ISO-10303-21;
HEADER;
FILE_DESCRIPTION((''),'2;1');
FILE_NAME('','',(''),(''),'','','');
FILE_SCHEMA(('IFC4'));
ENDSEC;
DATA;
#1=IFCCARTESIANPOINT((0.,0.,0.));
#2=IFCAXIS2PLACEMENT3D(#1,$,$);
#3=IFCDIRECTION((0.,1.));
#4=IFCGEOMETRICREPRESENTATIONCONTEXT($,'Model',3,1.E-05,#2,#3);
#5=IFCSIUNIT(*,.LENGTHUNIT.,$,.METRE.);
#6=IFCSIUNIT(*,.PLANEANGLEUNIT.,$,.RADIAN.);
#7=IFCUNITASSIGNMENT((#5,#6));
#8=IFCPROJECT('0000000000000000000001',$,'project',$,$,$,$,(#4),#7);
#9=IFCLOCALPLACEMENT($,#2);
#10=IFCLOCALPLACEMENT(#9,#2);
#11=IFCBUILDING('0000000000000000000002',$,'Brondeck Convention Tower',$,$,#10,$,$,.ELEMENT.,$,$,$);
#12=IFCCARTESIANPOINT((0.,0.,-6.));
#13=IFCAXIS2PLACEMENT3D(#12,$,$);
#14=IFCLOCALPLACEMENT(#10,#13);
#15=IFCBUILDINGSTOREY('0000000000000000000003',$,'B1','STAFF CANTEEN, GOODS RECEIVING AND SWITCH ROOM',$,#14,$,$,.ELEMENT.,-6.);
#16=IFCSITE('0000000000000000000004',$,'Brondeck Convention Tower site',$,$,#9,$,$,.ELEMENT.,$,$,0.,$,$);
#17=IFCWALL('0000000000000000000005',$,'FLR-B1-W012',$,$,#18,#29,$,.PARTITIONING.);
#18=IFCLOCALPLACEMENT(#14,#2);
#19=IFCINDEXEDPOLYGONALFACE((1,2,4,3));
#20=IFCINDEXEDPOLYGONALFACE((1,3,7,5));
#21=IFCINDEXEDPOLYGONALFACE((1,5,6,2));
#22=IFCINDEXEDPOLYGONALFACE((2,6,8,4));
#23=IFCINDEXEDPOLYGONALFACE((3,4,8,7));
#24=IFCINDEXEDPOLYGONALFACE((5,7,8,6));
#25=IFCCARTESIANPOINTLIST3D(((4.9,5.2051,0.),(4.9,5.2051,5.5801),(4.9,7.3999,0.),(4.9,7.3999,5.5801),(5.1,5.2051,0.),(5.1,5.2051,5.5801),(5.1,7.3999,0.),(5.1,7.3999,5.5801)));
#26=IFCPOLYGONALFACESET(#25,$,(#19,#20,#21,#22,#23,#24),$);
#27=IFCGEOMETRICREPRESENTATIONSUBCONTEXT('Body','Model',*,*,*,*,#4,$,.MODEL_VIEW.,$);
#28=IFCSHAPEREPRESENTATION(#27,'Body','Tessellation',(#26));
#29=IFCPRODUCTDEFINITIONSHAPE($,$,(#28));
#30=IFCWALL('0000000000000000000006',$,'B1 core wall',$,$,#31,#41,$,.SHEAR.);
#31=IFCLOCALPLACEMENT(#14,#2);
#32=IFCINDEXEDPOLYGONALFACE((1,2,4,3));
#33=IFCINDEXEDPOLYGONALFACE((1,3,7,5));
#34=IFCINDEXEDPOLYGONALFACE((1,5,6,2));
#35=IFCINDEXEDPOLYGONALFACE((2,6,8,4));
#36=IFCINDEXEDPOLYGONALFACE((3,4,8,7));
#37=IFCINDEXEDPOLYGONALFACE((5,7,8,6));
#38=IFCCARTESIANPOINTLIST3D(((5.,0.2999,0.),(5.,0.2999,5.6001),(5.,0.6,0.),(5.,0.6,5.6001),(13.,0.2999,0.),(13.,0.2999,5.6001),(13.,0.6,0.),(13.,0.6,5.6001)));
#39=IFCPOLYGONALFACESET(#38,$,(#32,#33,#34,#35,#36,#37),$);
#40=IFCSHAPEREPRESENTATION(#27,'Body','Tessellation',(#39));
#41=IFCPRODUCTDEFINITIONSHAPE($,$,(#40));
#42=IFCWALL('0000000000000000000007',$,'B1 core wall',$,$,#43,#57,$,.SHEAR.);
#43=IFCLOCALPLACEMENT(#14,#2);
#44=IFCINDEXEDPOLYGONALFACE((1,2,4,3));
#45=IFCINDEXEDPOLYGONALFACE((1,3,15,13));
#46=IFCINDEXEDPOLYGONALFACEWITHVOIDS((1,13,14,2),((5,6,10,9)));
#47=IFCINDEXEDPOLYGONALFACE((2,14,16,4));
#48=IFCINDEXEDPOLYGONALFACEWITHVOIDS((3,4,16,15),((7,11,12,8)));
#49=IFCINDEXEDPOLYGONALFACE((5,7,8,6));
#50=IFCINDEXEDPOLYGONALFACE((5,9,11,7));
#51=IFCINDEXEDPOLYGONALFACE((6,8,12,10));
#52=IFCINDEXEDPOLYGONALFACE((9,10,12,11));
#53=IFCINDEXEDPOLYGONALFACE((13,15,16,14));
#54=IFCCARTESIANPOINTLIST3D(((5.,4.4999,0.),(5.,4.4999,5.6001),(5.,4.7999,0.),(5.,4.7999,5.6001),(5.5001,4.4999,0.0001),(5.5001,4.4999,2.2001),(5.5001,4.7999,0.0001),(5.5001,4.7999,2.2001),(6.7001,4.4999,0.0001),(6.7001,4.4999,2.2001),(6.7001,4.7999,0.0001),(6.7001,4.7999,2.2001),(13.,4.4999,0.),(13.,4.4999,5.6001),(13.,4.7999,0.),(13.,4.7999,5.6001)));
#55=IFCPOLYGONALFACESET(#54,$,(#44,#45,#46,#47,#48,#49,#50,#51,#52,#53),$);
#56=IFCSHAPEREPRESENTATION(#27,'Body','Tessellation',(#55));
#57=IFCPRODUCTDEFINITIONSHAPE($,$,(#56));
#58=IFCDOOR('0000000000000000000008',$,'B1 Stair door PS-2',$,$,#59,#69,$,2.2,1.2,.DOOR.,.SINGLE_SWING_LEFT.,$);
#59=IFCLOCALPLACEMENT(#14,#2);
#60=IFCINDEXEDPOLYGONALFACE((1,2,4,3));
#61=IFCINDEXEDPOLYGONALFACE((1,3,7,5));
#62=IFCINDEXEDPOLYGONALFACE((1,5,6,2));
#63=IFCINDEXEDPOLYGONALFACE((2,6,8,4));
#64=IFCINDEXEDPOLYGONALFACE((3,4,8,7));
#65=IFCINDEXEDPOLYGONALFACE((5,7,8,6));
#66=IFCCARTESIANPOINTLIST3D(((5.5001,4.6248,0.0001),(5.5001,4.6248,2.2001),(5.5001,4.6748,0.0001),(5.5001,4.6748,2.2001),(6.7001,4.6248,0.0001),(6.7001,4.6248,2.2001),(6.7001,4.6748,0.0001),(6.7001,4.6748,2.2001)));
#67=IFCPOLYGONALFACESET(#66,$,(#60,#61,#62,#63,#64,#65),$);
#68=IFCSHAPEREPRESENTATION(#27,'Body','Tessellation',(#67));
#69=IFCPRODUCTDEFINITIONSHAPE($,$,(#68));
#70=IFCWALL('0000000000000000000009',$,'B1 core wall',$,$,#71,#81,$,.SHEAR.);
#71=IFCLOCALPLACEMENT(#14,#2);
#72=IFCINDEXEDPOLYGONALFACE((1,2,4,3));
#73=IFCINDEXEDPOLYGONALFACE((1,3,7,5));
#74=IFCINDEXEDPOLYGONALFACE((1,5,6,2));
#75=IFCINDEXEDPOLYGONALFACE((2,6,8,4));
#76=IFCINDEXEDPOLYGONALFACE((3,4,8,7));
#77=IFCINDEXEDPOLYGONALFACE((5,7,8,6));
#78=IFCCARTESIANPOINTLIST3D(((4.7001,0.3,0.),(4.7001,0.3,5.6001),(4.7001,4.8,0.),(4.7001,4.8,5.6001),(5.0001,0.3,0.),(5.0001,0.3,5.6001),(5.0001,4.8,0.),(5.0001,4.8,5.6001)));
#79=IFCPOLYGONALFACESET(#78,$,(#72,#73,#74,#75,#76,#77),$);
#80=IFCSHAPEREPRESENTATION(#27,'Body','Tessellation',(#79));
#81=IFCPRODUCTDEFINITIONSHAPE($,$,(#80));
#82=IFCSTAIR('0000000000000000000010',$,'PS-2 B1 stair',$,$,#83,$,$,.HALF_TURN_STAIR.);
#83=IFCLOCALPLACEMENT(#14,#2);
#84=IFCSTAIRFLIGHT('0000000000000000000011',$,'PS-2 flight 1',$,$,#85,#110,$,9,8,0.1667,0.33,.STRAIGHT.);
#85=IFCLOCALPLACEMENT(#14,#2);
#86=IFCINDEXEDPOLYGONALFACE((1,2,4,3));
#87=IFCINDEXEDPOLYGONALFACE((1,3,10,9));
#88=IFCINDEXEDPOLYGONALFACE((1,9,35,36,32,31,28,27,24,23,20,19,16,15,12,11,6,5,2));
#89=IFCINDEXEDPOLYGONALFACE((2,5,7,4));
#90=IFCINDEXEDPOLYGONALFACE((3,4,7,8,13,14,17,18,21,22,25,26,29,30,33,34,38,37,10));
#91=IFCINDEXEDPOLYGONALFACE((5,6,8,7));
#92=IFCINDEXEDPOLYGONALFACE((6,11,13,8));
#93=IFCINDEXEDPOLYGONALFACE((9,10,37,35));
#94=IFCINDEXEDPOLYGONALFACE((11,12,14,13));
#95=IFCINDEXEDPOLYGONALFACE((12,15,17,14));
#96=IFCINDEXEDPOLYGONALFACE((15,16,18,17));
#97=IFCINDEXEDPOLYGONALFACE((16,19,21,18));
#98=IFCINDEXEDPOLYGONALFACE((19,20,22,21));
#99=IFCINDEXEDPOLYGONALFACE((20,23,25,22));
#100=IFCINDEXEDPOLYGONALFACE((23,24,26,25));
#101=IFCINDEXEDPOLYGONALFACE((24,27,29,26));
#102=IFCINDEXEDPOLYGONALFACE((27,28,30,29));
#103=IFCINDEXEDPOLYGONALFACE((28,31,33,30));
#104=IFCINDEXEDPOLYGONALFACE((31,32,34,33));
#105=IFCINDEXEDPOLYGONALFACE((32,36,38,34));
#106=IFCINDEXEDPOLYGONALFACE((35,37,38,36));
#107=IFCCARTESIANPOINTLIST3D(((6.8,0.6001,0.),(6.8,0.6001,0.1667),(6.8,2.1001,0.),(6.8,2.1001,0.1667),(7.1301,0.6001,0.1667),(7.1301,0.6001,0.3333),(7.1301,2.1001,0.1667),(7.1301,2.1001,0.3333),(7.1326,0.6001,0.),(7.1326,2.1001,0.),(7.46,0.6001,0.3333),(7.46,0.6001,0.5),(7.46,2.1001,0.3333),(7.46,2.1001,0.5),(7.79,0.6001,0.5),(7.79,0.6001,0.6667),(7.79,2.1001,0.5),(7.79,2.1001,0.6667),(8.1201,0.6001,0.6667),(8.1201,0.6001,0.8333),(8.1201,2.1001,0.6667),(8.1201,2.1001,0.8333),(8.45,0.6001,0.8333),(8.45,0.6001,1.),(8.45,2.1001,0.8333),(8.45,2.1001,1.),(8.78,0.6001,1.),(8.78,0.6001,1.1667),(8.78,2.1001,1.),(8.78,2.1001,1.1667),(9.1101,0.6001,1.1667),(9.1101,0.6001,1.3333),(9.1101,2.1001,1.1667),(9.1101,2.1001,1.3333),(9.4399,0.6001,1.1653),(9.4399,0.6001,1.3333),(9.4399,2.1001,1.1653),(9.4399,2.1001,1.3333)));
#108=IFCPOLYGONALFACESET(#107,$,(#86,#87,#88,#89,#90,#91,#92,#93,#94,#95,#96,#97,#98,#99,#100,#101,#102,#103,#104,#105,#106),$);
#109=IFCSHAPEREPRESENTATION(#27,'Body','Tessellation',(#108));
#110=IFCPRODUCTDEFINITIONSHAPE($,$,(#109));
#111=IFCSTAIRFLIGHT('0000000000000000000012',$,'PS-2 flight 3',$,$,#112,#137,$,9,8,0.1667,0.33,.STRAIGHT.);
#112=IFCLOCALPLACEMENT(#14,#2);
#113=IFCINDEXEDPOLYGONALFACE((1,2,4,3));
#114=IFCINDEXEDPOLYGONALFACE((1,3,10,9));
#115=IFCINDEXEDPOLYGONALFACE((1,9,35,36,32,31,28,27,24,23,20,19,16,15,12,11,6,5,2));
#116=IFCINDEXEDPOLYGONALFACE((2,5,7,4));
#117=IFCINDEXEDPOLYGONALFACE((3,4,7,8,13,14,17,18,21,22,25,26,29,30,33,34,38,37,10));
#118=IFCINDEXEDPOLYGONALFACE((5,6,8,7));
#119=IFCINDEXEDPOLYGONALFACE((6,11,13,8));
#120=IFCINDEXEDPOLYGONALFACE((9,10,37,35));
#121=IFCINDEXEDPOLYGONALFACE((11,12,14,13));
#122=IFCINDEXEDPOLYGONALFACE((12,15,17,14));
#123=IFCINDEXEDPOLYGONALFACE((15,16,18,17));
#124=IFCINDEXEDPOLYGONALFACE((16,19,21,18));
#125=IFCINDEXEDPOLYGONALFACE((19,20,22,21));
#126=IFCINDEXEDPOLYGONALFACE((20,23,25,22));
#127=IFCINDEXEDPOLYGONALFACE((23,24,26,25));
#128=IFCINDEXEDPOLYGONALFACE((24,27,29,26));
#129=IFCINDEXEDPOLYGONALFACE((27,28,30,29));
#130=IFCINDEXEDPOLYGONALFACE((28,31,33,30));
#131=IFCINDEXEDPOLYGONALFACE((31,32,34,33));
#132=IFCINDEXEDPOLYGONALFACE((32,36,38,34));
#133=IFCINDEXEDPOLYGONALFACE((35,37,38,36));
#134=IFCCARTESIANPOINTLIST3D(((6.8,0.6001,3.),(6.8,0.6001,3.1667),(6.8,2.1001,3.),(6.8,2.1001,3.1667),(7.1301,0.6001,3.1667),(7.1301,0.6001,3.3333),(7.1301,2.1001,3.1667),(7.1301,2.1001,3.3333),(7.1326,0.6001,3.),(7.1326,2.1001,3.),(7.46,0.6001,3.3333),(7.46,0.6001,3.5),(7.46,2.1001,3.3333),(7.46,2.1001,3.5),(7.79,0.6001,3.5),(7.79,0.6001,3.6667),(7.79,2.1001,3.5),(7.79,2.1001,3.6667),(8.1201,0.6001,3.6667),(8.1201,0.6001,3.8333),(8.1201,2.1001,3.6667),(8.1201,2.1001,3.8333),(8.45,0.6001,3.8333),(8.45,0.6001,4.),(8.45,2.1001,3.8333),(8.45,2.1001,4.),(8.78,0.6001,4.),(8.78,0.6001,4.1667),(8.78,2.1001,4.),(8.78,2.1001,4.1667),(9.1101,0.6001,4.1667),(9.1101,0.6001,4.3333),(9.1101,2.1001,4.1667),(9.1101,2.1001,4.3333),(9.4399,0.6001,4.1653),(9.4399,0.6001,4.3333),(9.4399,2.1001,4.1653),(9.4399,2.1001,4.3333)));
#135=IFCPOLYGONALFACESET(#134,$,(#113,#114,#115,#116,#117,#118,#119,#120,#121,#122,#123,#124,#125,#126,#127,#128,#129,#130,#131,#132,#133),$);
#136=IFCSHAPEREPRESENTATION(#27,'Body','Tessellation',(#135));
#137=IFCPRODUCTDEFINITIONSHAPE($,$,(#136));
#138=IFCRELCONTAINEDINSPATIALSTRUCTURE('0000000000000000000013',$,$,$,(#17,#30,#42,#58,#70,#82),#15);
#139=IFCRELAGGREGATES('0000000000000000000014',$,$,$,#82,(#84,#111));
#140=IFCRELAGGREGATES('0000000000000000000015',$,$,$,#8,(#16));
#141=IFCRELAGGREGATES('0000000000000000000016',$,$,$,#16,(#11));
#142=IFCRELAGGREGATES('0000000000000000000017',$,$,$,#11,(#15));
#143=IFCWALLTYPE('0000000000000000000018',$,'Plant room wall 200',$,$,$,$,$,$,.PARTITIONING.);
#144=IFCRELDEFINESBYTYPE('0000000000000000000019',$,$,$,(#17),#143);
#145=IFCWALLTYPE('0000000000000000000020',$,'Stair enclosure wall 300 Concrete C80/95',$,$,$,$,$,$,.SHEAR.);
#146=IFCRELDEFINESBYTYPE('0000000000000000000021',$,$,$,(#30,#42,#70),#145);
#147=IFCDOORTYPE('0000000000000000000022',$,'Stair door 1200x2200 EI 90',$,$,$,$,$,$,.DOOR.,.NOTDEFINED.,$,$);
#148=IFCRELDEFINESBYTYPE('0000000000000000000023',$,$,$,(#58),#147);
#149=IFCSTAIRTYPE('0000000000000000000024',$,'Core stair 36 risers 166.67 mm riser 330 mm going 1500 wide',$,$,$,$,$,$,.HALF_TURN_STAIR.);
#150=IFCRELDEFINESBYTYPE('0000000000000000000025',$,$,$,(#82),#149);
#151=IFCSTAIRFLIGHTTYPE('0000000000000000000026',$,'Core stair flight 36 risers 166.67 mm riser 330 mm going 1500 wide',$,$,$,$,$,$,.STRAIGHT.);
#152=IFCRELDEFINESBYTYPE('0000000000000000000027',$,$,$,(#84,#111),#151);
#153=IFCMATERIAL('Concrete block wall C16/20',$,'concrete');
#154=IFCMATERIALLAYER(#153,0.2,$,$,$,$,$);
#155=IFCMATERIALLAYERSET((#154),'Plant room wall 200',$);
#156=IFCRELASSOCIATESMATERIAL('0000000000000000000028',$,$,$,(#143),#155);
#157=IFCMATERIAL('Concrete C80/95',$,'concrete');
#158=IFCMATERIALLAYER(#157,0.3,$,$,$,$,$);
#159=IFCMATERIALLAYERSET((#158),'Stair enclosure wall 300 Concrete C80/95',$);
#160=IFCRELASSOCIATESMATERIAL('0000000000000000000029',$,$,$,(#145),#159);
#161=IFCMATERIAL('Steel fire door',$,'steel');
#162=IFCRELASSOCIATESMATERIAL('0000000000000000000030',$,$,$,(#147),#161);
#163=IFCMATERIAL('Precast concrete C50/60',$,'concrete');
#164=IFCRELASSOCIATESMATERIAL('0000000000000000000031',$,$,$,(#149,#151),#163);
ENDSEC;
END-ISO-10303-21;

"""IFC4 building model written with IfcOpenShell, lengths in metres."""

from ifc_helpers import new_model, si_unit, direction, frame, frame_2d, origin, place, context, subcontext, project, spatial, polyline, rectangle, outline, extrude, material, layer, layer_set, type_object, element, fill, aggregate, save


model = new_model("IFC4")

# Units and contexts
model_context = context("Model", 3, precision=1e-05, world=origin(), true_north=direction((0.0, 1.0)))
body_context = subcontext(model_context, "Body", "Model", "MODEL_VIEW")
ifc_project = project(units=[si_unit("LENGTHUNIT", "METRE"), si_unit("PLANEANGLEUNIT", "RADIAN")], contexts=[model_context])

# Site, building, storey
site_placement = place(None, origin())
site = spatial("IfcSite", under=ifc_project, at=site_placement, Name="Brondeck Convention Tower site", CompositionType="ELEMENT", RefElevation=0.0)
building_placement = place(site_placement, origin())
building = spatial("IfcBuilding", under=site, at=building_placement, Name="Brondeck Convention Tower", CompositionType="ELEMENT")
storey_placement = place(building_placement, frame((0.0, 0.0, -6.0)))
storey = spatial("IfcBuildingStorey", under=building, at=storey_placement, Name="B1", Description="STAFF CANTEEN, GOODS RECEIVING AND SWITCH ROOM", CompositionType="ELEMENT", Elevation=-6.0)

# Shared definitions
ifc_material_1 = material(Name="Concrete C80/95", Category="concrete")

# Walls
ifc_material_2 = material(Name="Concrete block wall C16/20", Category="concrete")
ifc_layer_1 = layer(ifc_material_2, 0.2)
ifc_layer_set_1 = layer_set([ifc_layer_1], Name="Plant room wall 200")
wall_type_1 = type_object("IfcWallType", Name="Plant room wall 200", PredefinedType="PARTITIONING", material=ifc_layer_set_1)
wall_1_placement = place(storey_placement, frame((5.0, 5.2051, 0.0), z_axis=(0.0, 0.0, 1.0), x_axis=(0.0, 1.0, 0.0)))
element("IfcWall", 1, at=wall_1_placement, inside=storey, type_object=wall_type_1, Name="FLR-B1-W012", PredefinedType="PARTITIONING", context=body_context, shape_type="SweptSolid", body=[
    extrude(rectangle(XDim=2.1948, YDim=0.2, at=frame_2d((1.0974, 0.0))), origin(), (0.0, 0.0, 1.0), 5.5801),
])
ifc_layer_2 = layer(ifc_material_1, 0.3)
ifc_layer_set_2 = layer_set([ifc_layer_2], Name="Stair enclosure wall 300 Concrete C80/95")
wall_type_2 = type_object("IfcWallType", Name="Stair enclosure wall 300 Concrete C80/95", PredefinedType="SHEAR", material=ifc_layer_set_2)
wall_2_placement = place(storey_placement, frame((5.0, 0.45, 0.0), z_axis=(0.0, 0.0, 1.0), x_axis=(1.0, 0.0, 0.0)))
element("IfcWall", 2, at=wall_2_placement, inside=storey, type_object=wall_type_2, Name="B1 core wall", PredefinedType="SHEAR", context=body_context, shape_type="SweptSolid", body=[
    extrude(rectangle(XDim=8.0, YDim=0.3, at=frame_2d((4.0, 0.0))), origin(), (0.0, 0.0, 1.0), 5.6001),
])

# Wall, opening, door
wall_3_placement = place(storey_placement, frame((5.0, 4.6499, 0.0), z_axis=(0.0, 0.0, 1.0), x_axis=(1.0, 0.0, 0.0)))
wall_3 = element("IfcWall", 3, at=wall_3_placement, inside=storey, type_object=wall_type_2, Name="B1 core wall", PredefinedType="SHEAR", context=body_context, shape_type="SweptSolid", body=[
    extrude(rectangle(XDim=8.0, YDim=0.3, at=frame_2d((4.0, 0.0))), origin(), (0.0, 0.0, 1.0), 5.6001),
])
opening_placement = place(wall_3_placement, frame((0.5, 0.0, 0.0)))
opening = element("IfcOpeningElement", 4, at=opening_placement, cuts=wall_3, PredefinedType="OPENING", context=body_context, shape_type="SweptSolid", body=[
    extrude(rectangle(XDim=1.2, YDim=2.2, at=frame_2d((0.6001, 1.1001))), frame((0.0, 0.1599, 0.0), z_axis=(0.0, -1.0, 0.0), x_axis=(1.0, 0.0, 0.0)), (0.0, 0.0, 1.0), 0.3201),
])
ifc_material_3 = material(Name="Steel fire door", Category="steel")
door_type = type_object("IfcDoorType", Name="Stair door 1200x2200 EI 90", OperationType="NOTDEFINED", PredefinedType="DOOR", material=ifc_material_3)
door_placement = place(opening_placement, origin())
door = element("IfcDoor", 5, at=door_placement, inside=storey, type_object=door_type, Name="B1 Stair door PS-2", OperationType="SINGLE_SWING_LEFT", OverallHeight=2.2, OverallWidth=1.2, PredefinedType="DOOR", context=body_context, shape_type="SweptSolid", body=[
    extrude(rectangle(XDim=1.2, YDim=2.2, at=frame_2d((0.6001, 1.1001))), frame((0.0, 0.0249, 0.0), z_axis=(0.0, -1.0, 0.0), x_axis=(1.0, 0.0, 0.0)), (0.0, 0.0, 1.0), 0.05),
])
fill(opening, door)

# Wall
wall_4_placement = place(storey_placement, frame((4.8501, 0.3, 0.0), z_axis=(0.0, 0.0, 1.0), x_axis=(0.0, 1.0, 0.0)))
element("IfcWall", 6, at=wall_4_placement, inside=storey, type_object=wall_type_2, Name="B1 core wall", PredefinedType="SHEAR", context=body_context, shape_type="SweptSolid", body=[
    extrude(rectangle(XDim=4.5, YDim=0.3, at=frame_2d((2.25, 0.0))), origin(), (0.0, 0.0, 1.0), 5.6001),
])

# Stair, stair flights
ifc_material_4 = material(Name="Precast concrete C50/60", Category="concrete")
stair_type = type_object("IfcStairType", Name="Core stair 36 risers 166.67 mm riser 330 mm going 1500 wide", PredefinedType="HALF_TURN_STAIR", material=ifc_material_4)
stair_placement = place(storey_placement, origin())
stair = element("IfcStair", 7, at=stair_placement, inside=storey, type_object=stair_type, Name="PS-2 B1 stair", PredefinedType="HALF_TURN_STAIR")
stair_flight_type = type_object("IfcStairFlightType", Name="Core stair flight 36 risers 166.67 mm riser 330 mm going 1500 wide", PredefinedType="STRAIGHT", material=ifc_material_4)
stair_flight_1_placement = place(storey_placement, frame((6.8, 1.3501, 0.0), z_axis=(0.0, 0.0, 1.0), x_axis=(1.0, 0.0, 0.0)))
stair_flight_1 = element("IfcStairFlight", 8, at=stair_flight_1_placement, type_object=stair_flight_type, Name="PS-2 flight 1", NumberOfRisers=9, NumberOfTreads=8, PredefinedType="STRAIGHT", RiserHeight=0.1667, TreadLength=0.33, context=body_context, shape_type="SweptSolid", body=[
    extrude(outline(polyline([(0.0, 0.0), (0.0, 0.1667), (0.3301, 0.1667), (0.3301, 0.3333), (0.6599, 0.3333), (0.6599, 0.5), (0.99, 0.5), (0.99, 0.6667), (1.3201, 0.6667), (1.3201, 0.8333), (1.6499, 0.8333), (1.6499, 1.0), (1.98, 1.0), (1.98, 1.1667), (2.3101, 1.1667), (2.3101, 1.3333), (2.6399, 1.3333), (2.6399, 1.5), (2.6399, 1.1653), (0.3325, 0.0), (0.0, 0.0)])), frame((0.0, 0.75, 0.0), z_axis=(0.0, -1.0, 0.0), x_axis=(1.0, 0.0, 0.0)), (0.0, 0.0, 1.0), 1.5),
])
stair_flight_2_placement = place(storey_placement, frame((6.8, 1.3501, 3.0), z_axis=(0.0, 0.0, 1.0), x_axis=(1.0, 0.0, 0.0)))
stair_flight_2 = element("IfcStairFlight", 9, at=stair_flight_2_placement, type_object=stair_flight_type, Name="PS-2 flight 3", NumberOfRisers=9, NumberOfTreads=8, PredefinedType="STRAIGHT", RiserHeight=0.1667, TreadLength=0.33, context=body_context, shape_type="SweptSolid", body=[
    extrude(outline(polyline([(0.0, 0.0), (0.0, 0.1667), (0.3301, 0.1667), (0.3301, 0.3333), (0.6599, 0.3333), (0.6599, 0.5), (0.99, 0.5), (0.99, 0.6667), (1.3201, 0.6667), (1.3201, 0.8333), (1.6499, 0.8333), (1.6499, 1.0), (1.98, 1.0), (1.98, 1.1667), (2.3101, 1.1667), (2.3101, 1.3333), (2.6399, 1.3333), (2.6399, 1.5), (2.6399, 1.1653), (0.3325, 0.0), (0.0, 0.0)])), frame((0.0, 0.75, 0.0), z_axis=(0.0, -1.0, 0.0), x_axis=(1.0, 0.0, 0.0)), (0.0, 0.0, 1.0), 1.5),
])
aggregate(stair, [stair_flight_1, stair_flight_2])

save(model, "model.ifc")
